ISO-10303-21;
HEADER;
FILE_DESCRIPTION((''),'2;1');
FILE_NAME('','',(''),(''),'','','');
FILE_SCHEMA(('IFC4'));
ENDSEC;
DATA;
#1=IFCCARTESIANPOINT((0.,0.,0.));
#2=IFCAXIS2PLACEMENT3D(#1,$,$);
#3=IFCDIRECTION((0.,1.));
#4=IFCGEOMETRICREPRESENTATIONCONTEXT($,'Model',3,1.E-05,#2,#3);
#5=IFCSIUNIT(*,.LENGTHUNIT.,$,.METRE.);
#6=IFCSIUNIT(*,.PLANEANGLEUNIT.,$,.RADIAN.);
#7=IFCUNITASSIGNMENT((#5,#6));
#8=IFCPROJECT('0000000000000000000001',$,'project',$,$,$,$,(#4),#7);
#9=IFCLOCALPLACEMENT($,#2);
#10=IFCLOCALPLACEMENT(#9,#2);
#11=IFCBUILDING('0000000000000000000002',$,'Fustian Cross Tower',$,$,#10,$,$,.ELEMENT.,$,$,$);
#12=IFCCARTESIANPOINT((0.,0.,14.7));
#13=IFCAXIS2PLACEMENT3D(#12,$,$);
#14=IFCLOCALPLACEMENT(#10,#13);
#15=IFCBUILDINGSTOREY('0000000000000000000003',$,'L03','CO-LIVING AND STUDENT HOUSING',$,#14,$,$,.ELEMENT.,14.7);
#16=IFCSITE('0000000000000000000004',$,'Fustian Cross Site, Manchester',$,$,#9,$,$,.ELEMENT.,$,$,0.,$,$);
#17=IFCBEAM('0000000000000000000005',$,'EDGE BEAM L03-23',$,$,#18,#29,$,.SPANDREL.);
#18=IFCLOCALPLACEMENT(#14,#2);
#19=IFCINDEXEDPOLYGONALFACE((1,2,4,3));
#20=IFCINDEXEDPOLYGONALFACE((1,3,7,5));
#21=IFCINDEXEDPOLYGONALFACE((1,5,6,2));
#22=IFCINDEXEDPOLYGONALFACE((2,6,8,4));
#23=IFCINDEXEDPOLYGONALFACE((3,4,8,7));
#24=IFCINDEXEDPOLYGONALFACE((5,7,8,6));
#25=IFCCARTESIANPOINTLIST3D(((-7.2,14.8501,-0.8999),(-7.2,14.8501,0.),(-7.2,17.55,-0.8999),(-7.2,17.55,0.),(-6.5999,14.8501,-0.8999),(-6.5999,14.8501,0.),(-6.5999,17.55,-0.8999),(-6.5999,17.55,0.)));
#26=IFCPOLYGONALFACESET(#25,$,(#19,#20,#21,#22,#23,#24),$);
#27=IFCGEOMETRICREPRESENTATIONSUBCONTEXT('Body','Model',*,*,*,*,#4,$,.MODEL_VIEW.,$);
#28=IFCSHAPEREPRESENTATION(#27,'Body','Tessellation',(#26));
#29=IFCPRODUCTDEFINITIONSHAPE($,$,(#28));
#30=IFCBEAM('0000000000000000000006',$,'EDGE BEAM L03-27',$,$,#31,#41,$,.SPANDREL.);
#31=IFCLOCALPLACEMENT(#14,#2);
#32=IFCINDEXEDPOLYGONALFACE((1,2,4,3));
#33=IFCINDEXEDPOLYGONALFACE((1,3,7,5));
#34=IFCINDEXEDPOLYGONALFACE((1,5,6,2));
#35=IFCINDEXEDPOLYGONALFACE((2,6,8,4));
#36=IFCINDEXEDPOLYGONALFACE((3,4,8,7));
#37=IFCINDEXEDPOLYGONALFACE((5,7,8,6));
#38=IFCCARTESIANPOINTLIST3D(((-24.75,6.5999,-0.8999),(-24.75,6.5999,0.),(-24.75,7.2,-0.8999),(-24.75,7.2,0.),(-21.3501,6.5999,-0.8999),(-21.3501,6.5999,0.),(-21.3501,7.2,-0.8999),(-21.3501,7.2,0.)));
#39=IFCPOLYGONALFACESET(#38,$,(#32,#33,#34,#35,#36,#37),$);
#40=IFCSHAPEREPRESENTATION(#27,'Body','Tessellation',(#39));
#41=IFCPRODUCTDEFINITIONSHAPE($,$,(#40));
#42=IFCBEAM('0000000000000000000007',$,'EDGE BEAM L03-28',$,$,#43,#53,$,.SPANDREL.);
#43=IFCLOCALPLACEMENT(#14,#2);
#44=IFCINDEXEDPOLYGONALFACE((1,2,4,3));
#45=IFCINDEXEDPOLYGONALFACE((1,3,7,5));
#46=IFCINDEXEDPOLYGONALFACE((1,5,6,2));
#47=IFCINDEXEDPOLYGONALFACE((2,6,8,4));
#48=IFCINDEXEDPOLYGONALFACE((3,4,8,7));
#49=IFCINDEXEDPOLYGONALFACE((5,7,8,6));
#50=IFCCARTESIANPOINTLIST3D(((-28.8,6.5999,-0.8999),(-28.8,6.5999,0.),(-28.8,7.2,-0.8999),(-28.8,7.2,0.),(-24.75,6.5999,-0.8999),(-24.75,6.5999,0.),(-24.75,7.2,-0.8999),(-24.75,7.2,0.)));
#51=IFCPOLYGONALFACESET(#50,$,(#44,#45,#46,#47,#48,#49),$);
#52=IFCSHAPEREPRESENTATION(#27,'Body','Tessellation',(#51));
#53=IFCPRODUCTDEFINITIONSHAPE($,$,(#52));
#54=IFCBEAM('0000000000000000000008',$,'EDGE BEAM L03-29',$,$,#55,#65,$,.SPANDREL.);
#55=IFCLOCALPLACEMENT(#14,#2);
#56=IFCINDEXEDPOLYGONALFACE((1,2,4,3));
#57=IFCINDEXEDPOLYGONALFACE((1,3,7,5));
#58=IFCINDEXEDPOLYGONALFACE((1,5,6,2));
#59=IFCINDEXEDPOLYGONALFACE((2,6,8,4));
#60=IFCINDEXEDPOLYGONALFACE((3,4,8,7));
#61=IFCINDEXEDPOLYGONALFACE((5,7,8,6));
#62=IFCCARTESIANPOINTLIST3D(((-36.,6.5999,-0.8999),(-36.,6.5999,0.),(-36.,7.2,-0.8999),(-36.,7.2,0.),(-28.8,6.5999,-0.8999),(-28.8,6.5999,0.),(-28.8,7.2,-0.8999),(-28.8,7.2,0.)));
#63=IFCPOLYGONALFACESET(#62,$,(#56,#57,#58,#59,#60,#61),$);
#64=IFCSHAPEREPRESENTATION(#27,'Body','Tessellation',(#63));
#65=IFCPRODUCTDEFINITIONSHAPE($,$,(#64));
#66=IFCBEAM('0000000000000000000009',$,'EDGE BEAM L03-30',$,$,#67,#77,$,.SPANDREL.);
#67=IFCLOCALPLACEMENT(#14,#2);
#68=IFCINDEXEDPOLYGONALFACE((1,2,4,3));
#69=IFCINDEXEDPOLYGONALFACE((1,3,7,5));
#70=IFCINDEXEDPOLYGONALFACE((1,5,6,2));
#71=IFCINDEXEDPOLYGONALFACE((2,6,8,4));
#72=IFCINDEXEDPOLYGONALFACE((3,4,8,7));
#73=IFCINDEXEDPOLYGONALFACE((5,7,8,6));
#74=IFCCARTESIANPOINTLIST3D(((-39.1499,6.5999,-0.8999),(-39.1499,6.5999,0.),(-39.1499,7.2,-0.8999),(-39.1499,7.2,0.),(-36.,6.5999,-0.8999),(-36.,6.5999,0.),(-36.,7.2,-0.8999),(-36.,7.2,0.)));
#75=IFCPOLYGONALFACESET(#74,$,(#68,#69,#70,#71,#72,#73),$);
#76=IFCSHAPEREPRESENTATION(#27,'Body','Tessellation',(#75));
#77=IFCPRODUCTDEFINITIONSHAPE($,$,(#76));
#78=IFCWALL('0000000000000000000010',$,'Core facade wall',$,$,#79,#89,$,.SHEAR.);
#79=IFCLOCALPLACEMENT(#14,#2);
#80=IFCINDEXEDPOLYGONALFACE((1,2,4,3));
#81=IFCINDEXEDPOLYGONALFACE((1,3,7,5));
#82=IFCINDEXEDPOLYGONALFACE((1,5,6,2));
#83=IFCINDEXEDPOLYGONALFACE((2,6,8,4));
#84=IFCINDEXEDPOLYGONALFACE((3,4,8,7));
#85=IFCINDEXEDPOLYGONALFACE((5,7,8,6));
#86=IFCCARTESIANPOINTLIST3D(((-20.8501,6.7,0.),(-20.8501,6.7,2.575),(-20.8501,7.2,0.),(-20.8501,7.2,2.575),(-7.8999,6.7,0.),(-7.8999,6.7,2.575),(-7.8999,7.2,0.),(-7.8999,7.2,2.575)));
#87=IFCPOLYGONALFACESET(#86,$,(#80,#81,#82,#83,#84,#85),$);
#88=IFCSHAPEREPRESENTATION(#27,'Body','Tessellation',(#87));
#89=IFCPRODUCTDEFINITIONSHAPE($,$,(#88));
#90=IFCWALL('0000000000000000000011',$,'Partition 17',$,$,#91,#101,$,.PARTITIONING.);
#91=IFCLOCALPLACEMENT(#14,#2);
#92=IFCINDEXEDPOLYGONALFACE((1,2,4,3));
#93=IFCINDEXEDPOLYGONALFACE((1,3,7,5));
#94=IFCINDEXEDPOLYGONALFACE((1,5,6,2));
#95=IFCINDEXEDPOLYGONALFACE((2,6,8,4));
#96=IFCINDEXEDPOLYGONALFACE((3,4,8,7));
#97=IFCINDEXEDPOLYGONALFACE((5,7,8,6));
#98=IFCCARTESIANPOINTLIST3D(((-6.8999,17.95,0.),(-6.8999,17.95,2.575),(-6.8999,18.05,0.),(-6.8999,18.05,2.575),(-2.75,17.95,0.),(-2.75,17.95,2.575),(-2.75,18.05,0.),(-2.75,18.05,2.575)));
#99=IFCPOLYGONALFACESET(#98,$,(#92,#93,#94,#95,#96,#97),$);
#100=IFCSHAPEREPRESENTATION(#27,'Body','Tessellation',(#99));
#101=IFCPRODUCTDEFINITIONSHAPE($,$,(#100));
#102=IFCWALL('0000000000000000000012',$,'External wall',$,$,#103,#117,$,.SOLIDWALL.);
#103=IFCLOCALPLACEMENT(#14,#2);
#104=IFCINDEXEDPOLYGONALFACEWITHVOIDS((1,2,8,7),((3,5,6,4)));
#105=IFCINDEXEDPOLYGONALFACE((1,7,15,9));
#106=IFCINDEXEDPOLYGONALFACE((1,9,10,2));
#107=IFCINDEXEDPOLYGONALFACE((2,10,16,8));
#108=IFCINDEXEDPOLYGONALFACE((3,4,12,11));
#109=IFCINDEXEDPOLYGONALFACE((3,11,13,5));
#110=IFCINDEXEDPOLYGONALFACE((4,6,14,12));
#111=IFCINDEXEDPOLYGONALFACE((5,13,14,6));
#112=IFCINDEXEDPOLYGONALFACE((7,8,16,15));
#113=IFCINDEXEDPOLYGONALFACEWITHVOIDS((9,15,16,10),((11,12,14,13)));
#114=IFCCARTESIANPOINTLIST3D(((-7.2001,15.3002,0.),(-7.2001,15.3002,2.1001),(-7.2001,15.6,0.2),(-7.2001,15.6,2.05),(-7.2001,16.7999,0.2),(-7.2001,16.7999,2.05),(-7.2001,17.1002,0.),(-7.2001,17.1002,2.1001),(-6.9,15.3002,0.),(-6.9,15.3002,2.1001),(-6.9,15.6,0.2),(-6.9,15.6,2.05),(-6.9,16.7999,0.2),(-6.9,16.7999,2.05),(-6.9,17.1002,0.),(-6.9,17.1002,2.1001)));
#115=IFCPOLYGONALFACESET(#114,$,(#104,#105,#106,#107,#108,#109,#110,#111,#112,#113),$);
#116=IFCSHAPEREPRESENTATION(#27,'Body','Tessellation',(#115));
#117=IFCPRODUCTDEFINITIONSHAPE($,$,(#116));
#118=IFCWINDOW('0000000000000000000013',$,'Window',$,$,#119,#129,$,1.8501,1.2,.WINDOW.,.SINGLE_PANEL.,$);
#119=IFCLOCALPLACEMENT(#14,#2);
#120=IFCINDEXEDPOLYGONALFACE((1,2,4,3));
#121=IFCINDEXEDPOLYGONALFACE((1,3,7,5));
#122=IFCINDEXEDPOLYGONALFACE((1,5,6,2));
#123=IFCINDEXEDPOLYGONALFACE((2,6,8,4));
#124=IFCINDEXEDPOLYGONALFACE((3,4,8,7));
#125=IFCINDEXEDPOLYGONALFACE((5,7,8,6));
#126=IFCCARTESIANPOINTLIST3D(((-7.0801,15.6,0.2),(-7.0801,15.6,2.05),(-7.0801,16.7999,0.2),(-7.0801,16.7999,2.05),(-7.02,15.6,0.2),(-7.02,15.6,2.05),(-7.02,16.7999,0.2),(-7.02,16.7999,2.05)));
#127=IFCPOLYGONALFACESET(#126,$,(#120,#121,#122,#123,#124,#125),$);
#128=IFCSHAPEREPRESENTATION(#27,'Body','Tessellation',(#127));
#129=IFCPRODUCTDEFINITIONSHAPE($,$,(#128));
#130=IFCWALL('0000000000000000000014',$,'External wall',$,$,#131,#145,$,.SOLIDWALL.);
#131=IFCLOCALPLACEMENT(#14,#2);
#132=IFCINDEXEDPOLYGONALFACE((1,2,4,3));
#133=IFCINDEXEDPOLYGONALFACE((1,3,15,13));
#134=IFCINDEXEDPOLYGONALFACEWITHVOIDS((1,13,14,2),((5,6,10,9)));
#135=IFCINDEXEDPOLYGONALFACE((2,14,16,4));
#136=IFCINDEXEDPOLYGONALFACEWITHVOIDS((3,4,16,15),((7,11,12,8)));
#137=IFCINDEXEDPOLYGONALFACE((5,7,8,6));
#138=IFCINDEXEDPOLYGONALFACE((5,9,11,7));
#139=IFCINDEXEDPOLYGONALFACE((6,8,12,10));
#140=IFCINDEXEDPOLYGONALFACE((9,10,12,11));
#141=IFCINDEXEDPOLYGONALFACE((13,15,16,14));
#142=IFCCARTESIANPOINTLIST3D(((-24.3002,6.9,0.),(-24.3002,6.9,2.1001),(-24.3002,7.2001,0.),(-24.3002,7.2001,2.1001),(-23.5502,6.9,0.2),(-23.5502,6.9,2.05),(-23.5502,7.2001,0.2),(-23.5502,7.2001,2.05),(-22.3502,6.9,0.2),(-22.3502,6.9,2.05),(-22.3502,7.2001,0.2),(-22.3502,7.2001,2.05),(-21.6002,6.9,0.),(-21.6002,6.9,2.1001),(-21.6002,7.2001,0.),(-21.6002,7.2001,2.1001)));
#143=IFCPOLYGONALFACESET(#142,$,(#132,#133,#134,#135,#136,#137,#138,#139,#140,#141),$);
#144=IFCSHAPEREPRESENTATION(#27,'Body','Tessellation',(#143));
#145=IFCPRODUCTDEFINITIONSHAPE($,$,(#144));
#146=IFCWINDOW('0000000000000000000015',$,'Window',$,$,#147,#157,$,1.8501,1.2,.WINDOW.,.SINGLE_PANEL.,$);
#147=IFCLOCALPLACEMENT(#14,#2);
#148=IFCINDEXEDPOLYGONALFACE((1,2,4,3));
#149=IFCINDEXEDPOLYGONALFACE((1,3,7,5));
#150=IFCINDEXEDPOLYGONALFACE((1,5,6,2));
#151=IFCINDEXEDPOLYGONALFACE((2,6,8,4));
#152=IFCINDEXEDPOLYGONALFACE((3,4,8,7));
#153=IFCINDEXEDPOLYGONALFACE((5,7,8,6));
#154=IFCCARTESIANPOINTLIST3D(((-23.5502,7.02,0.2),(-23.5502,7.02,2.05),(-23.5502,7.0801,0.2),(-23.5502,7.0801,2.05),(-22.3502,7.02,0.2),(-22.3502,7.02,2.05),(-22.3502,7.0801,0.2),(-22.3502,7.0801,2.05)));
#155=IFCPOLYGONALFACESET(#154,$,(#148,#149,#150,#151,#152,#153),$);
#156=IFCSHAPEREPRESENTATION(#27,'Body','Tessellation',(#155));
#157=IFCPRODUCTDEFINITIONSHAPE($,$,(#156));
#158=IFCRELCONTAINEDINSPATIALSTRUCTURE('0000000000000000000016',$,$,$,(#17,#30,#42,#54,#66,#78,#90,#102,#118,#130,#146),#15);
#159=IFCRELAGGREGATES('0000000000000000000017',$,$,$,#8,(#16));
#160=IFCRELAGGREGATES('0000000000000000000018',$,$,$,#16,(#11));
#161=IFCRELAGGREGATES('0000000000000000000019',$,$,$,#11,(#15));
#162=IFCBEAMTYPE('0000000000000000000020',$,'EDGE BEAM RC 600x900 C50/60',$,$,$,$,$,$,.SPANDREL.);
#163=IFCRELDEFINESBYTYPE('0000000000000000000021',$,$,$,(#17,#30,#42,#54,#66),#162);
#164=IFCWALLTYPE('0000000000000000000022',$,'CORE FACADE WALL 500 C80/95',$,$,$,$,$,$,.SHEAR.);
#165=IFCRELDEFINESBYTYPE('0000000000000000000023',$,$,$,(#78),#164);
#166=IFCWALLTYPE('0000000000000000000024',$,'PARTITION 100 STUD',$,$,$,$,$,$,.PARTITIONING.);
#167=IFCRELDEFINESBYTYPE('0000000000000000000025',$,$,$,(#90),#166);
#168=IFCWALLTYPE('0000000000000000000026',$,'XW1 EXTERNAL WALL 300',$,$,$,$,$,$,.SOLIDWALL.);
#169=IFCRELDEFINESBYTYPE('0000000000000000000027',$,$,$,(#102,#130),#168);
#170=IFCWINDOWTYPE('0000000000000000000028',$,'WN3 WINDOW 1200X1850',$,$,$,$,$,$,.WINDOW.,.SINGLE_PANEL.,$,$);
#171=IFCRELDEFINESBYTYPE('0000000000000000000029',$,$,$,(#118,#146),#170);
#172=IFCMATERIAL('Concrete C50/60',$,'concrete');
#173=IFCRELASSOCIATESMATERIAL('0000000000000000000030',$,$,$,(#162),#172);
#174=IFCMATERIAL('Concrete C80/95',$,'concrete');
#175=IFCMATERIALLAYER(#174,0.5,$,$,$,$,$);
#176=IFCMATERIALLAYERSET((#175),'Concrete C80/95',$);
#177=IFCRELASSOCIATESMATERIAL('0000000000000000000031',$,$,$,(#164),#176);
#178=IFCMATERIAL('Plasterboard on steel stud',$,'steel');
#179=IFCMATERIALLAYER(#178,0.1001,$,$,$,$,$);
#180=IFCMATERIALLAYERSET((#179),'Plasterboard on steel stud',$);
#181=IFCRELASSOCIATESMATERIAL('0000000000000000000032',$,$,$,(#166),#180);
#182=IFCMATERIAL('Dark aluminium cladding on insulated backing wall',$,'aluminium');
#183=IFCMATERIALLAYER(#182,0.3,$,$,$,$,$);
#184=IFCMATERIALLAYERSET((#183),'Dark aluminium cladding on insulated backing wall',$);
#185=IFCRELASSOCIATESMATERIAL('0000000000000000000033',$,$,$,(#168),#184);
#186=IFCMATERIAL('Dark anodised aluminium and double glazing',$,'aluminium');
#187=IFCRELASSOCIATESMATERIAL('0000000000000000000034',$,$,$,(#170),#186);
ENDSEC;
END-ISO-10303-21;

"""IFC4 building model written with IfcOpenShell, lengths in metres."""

from ifc_helpers import new_model, si_unit, direction, frame, frame_2d, origin, origin_2d, place, context, subcontext, project, spatial, rectangle, extrude, material, layer, layer_set, material_profile, profile_set, type_object, element, fill, save


model = new_model("IFC4")

# Units and contexts
model_context = context("Model", 3, precision=1e-05, world=origin(), true_north=direction((0.0, 1.0)))
body_context = subcontext(model_context, "Body", "Model", "MODEL_VIEW")
ifc_project = project(units=[si_unit("LENGTHUNIT", "METRE"), si_unit("PLANEANGLEUNIT", "RADIAN")], contexts=[model_context])

# Site, building, storey
site_placement = place(None, origin())
site = spatial("IfcSite", under=ifc_project, at=site_placement, Name="Fustian Cross Site, Manchester", CompositionType="ELEMENT", RefElevation=0.0)
building_placement = place(site_placement, origin())
building = spatial("IfcBuilding", under=site, at=building_placement, Name="Fustian Cross Tower", CompositionType="ELEMENT")
storey_placement = place(building_placement, frame((0.0, 0.0, 14.7)))
storey = spatial("IfcBuildingStorey", under=building, at=storey_placement, Name="L03", Description="CO-LIVING AND STUDENT HOUSING", CompositionType="ELEMENT", Elevation=14.7)

# Beams
ifc_material_1 = material(Name="Concrete C50/60", Category="concrete")
ifc_material_profile = material_profile(ifc_material_1, rectangle(XDim=0.6001, YDim=0.8999, at=origin_2d()), Name="RC 600x900")
ifc_profile_set = profile_set([ifc_material_profile], Name="Concrete C50/60")
beam_type = type_object("IfcBeamType", Name="EDGE BEAM RC 600x900 C50/60", PredefinedType="SPANDREL", material=ifc_profile_set)
beam_1_placement = place(storey_placement, frame((-6.8999, 17.55, -0.45), z_axis=(0.0, -1.0, 0.0), x_axis=(1.0, 0.0, 0.0)))
element("IfcBeam", 1, at=beam_1_placement, inside=storey, type_object=beam_type, Name="EDGE BEAM L03-23", PredefinedType="SPANDREL", context=body_context, shape_type="SweptSolid", body=[
    extrude(rectangle(XDim=0.6001, YDim=0.8999, at=origin_2d()), origin(), (0.0, 0.0, 1.0), 2.7),
])
beam_2_placement = place(storey_placement, frame((-21.3501, 6.8999, -0.45), z_axis=(-1.0, 0.0, 0.0), x_axis=(0.0, -1.0, 0.0)))
element("IfcBeam", 2, at=beam_2_placement, inside=storey, type_object=beam_type, Name="EDGE BEAM L03-27", PredefinedType="SPANDREL", context=body_context, shape_type="SweptSolid", body=[
    extrude(rectangle(XDim=0.6001, YDim=0.8999, at=origin_2d()), origin(), (0.0, 0.0, 1.0), 3.3999),
])
beam_3_placement = place(storey_placement, frame((-24.75, 6.8999, -0.45), z_axis=(-1.0, 0.0, 0.0), x_axis=(0.0, -1.0, 0.0)))
element("IfcBeam", 3, at=beam_3_placement, inside=storey, type_object=beam_type, Name="EDGE BEAM L03-28", PredefinedType="SPANDREL", context=body_context, shape_type="SweptSolid", body=[
    extrude(rectangle(XDim=0.6001, YDim=0.8999, at=origin_2d()), origin(), (0.0, 0.0, 1.0), 4.05),
])
beam_4_placement = place(storey_placement, frame((-28.8, 6.8999, -0.45), z_axis=(-1.0, 0.0, 0.0), x_axis=(0.0, -1.0, 0.0)))
element("IfcBeam", 4, at=beam_4_placement, inside=storey, type_object=beam_type, Name="EDGE BEAM L03-29", PredefinedType="SPANDREL", context=body_context, shape_type="SweptSolid", body=[
    extrude(rectangle(XDim=0.6001, YDim=0.8999, at=origin_2d()), origin(), (0.0, 0.0, 1.0), 7.2),
])
beam_5_placement = place(storey_placement, frame((-36.0, 6.8999, -0.45), z_axis=(-1.0, 0.0, 0.0), x_axis=(0.0, -1.0, 0.0)))
element("IfcBeam", 5, at=beam_5_placement, inside=storey, type_object=beam_type, Name="EDGE BEAM L03-30", PredefinedType="SPANDREL", context=body_context, shape_type="SweptSolid", body=[
    extrude(rectangle(XDim=0.6001, YDim=0.8999, at=origin_2d()), origin(), (0.0, 0.0, 1.0), 3.1499),
])

# Walls
ifc_material_2 = material(Name="Concrete C80/95", Category="concrete")
ifc_layer_1 = layer(ifc_material_2, 0.5)
ifc_layer_set_1 = layer_set([ifc_layer_1], Name="Concrete C80/95")
wall_type_1 = type_object("IfcWallType", Name="CORE FACADE WALL 500 C80/95", PredefinedType="SHEAR", material=ifc_layer_set_1)
wall_1_placement = place(storey_placement, frame((-7.8999, 6.95, 0.0), z_axis=(0.0, 0.0, 1.0), x_axis=(-1.0, 0.0, 0.0)))
element("IfcWall", 6, at=wall_1_placement, inside=storey, type_object=wall_type_1, Name="Core facade wall", PredefinedType="SHEAR", context=body_context, shape_type="SweptSolid", body=[
    extrude(rectangle(XDim=12.9502, YDim=0.5, at=frame_2d((6.4751, 0.0))), origin(), (0.0, 0.0, 1.0), 2.575),
])
ifc_material_3 = material(Name="Plasterboard on steel stud", Category="steel")
ifc_layer_2 = layer(ifc_material_3, 0.1001)
ifc_layer_set_2 = layer_set([ifc_layer_2], Name="Plasterboard on steel stud")
wall_type_2 = type_object("IfcWallType", Name="PARTITION 100 STUD", PredefinedType="PARTITIONING", material=ifc_layer_set_2)
wall_2_placement = place(storey_placement, frame((-6.8999, 18.0, 0.0), z_axis=(0.0, 0.0, 1.0), x_axis=(1.0, 0.0, 0.0)))
element("IfcWall", 7, at=wall_2_placement, inside=storey, type_object=wall_type_2, Name="Partition 17", PredefinedType="PARTITIONING", context=body_context, shape_type="SweptSolid", body=[
    extrude(rectangle(XDim=4.1499, YDim=0.1001, at=frame_2d((2.075, 0.0))), origin(), (0.0, 0.0, 1.0), 2.575),
])

# Walls, openings, windows
ifc_material_4 = material(Name="Dark aluminium cladding on insulated backing wall", Category="aluminium")
ifc_layer_3 = layer(ifc_material_4, 0.3)
ifc_layer_set_3 = layer_set([ifc_layer_3], Name="Dark aluminium cladding on insulated backing wall")
wall_type_3 = type_object("IfcWallType", Name="XW1 EXTERNAL WALL 300", PredefinedType="SOLIDWALL", material=ifc_layer_set_3)
wall_3_placement = place(storey_placement, frame((-7.05, 17.1001, 0.0), z_axis=(0.0, 0.0, 1.0), x_axis=(0.0, -1.0, 0.0)))
wall_3 = element("IfcWall", 8, at=wall_3_placement, inside=storey, type_object=wall_type_3, Name="External wall", PredefinedType="SOLIDWALL", context=body_context, shape_type="SweptSolid", body=[
    extrude(rectangle(XDim=1.8, YDim=0.3, at=frame_2d((0.8999, 0.0))), origin(), (0.0, 0.0, 1.0), 2.1001),
])
opening_1_placement = place(wall_3_placement, frame((0.3, 0.0, 0.2)))
opening_1 = element("IfcOpeningElement", 9, at=opening_1_placement, cuts=wall_3, PredefinedType="OPENING", context=body_context, shape_type="SweptSolid", body=[
    extrude(rectangle(XDim=1.2, YDim=1.8501, at=frame_2d((0.6001, 0.925))), frame((0.0, 0.1599, 0.0), z_axis=(0.0, -1.0, 0.0), x_axis=(1.0, 0.0, 0.0)), (0.0, 0.0, 1.0), 0.3201),
])
ifc_material_5 = material(Name="Dark anodised aluminium and double glazing", Category="aluminium")
window_type = type_object("IfcWindowType", Name="WN3 WINDOW 1200X1850", PartitioningType="SINGLE_PANEL", PredefinedType="WINDOW", material=ifc_material_5)
window_1_placement = place(opening_1_placement, origin())
window_1 = element("IfcWindow", 10, at=window_1_placement, inside=storey, type_object=window_type, Name="Window", OverallHeight=1.8501, OverallWidth=1.2, PartitioningType="SINGLE_PANEL", PredefinedType="WINDOW", context=body_context, shape_type="SweptSolid", body=[
    extrude(rectangle(XDim=1.2, YDim=1.8501, at=frame_2d((0.6001, 0.925))), frame((0.0, 0.03, 0.0), z_axis=(0.0, -1.0, 0.0), x_axis=(1.0, 0.0, 0.0)), (0.0, 0.0, 1.0), 0.0601),
])
fill(opening_1, window_1)
wall_4_placement = place(storey_placement, frame((-21.6001, 7.05, 0.0), z_axis=(0.0, 0.0, 1.0), x_axis=(-1.0, 0.0, 0.0)))
wall_4 = element("IfcWall", 11, at=wall_4_placement, inside=storey, type_object=wall_type_3, Name="External wall", PredefinedType="SOLIDWALL", context=body_context, shape_type="SweptSolid", body=[
    extrude(rectangle(XDim=2.7, YDim=0.3, at=frame_2d((1.3501, 0.0))), origin(), (0.0, 0.0, 1.0), 2.1001),
])
opening_2_placement = place(wall_4_placement, frame((0.75, 0.0, 0.2)))
opening_2 = element("IfcOpeningElement", 12, at=opening_2_placement, cuts=wall_4, PredefinedType="OPENING", context=body_context, shape_type="SweptSolid", body=[
    extrude(rectangle(XDim=1.2, YDim=1.8501, at=frame_2d((0.6001, 0.925))), frame((0.0, 0.1599, 0.0), z_axis=(0.0, -1.0, 0.0), x_axis=(1.0, 0.0, 0.0)), (0.0, 0.0, 1.0), 0.3201),
])
window_2_placement = place(opening_2_placement, origin())
window_2 = element("IfcWindow", 13, at=window_2_placement, inside=storey, type_object=window_type, Name="Window", OverallHeight=1.8501, OverallWidth=1.2, PartitioningType="SINGLE_PANEL", PredefinedType="WINDOW", context=body_context, shape_type="SweptSolid", body=[
    extrude(rectangle(XDim=1.2, YDim=1.8501, at=frame_2d((0.6001, 0.925))), frame((0.0, 0.03, 0.0), z_axis=(0.0, -1.0, 0.0), x_axis=(1.0, 0.0, 0.0)), (0.0, 0.0, 1.0), 0.0601),
])
fill(opening_2, window_2)

save(model, "model.ifc")
